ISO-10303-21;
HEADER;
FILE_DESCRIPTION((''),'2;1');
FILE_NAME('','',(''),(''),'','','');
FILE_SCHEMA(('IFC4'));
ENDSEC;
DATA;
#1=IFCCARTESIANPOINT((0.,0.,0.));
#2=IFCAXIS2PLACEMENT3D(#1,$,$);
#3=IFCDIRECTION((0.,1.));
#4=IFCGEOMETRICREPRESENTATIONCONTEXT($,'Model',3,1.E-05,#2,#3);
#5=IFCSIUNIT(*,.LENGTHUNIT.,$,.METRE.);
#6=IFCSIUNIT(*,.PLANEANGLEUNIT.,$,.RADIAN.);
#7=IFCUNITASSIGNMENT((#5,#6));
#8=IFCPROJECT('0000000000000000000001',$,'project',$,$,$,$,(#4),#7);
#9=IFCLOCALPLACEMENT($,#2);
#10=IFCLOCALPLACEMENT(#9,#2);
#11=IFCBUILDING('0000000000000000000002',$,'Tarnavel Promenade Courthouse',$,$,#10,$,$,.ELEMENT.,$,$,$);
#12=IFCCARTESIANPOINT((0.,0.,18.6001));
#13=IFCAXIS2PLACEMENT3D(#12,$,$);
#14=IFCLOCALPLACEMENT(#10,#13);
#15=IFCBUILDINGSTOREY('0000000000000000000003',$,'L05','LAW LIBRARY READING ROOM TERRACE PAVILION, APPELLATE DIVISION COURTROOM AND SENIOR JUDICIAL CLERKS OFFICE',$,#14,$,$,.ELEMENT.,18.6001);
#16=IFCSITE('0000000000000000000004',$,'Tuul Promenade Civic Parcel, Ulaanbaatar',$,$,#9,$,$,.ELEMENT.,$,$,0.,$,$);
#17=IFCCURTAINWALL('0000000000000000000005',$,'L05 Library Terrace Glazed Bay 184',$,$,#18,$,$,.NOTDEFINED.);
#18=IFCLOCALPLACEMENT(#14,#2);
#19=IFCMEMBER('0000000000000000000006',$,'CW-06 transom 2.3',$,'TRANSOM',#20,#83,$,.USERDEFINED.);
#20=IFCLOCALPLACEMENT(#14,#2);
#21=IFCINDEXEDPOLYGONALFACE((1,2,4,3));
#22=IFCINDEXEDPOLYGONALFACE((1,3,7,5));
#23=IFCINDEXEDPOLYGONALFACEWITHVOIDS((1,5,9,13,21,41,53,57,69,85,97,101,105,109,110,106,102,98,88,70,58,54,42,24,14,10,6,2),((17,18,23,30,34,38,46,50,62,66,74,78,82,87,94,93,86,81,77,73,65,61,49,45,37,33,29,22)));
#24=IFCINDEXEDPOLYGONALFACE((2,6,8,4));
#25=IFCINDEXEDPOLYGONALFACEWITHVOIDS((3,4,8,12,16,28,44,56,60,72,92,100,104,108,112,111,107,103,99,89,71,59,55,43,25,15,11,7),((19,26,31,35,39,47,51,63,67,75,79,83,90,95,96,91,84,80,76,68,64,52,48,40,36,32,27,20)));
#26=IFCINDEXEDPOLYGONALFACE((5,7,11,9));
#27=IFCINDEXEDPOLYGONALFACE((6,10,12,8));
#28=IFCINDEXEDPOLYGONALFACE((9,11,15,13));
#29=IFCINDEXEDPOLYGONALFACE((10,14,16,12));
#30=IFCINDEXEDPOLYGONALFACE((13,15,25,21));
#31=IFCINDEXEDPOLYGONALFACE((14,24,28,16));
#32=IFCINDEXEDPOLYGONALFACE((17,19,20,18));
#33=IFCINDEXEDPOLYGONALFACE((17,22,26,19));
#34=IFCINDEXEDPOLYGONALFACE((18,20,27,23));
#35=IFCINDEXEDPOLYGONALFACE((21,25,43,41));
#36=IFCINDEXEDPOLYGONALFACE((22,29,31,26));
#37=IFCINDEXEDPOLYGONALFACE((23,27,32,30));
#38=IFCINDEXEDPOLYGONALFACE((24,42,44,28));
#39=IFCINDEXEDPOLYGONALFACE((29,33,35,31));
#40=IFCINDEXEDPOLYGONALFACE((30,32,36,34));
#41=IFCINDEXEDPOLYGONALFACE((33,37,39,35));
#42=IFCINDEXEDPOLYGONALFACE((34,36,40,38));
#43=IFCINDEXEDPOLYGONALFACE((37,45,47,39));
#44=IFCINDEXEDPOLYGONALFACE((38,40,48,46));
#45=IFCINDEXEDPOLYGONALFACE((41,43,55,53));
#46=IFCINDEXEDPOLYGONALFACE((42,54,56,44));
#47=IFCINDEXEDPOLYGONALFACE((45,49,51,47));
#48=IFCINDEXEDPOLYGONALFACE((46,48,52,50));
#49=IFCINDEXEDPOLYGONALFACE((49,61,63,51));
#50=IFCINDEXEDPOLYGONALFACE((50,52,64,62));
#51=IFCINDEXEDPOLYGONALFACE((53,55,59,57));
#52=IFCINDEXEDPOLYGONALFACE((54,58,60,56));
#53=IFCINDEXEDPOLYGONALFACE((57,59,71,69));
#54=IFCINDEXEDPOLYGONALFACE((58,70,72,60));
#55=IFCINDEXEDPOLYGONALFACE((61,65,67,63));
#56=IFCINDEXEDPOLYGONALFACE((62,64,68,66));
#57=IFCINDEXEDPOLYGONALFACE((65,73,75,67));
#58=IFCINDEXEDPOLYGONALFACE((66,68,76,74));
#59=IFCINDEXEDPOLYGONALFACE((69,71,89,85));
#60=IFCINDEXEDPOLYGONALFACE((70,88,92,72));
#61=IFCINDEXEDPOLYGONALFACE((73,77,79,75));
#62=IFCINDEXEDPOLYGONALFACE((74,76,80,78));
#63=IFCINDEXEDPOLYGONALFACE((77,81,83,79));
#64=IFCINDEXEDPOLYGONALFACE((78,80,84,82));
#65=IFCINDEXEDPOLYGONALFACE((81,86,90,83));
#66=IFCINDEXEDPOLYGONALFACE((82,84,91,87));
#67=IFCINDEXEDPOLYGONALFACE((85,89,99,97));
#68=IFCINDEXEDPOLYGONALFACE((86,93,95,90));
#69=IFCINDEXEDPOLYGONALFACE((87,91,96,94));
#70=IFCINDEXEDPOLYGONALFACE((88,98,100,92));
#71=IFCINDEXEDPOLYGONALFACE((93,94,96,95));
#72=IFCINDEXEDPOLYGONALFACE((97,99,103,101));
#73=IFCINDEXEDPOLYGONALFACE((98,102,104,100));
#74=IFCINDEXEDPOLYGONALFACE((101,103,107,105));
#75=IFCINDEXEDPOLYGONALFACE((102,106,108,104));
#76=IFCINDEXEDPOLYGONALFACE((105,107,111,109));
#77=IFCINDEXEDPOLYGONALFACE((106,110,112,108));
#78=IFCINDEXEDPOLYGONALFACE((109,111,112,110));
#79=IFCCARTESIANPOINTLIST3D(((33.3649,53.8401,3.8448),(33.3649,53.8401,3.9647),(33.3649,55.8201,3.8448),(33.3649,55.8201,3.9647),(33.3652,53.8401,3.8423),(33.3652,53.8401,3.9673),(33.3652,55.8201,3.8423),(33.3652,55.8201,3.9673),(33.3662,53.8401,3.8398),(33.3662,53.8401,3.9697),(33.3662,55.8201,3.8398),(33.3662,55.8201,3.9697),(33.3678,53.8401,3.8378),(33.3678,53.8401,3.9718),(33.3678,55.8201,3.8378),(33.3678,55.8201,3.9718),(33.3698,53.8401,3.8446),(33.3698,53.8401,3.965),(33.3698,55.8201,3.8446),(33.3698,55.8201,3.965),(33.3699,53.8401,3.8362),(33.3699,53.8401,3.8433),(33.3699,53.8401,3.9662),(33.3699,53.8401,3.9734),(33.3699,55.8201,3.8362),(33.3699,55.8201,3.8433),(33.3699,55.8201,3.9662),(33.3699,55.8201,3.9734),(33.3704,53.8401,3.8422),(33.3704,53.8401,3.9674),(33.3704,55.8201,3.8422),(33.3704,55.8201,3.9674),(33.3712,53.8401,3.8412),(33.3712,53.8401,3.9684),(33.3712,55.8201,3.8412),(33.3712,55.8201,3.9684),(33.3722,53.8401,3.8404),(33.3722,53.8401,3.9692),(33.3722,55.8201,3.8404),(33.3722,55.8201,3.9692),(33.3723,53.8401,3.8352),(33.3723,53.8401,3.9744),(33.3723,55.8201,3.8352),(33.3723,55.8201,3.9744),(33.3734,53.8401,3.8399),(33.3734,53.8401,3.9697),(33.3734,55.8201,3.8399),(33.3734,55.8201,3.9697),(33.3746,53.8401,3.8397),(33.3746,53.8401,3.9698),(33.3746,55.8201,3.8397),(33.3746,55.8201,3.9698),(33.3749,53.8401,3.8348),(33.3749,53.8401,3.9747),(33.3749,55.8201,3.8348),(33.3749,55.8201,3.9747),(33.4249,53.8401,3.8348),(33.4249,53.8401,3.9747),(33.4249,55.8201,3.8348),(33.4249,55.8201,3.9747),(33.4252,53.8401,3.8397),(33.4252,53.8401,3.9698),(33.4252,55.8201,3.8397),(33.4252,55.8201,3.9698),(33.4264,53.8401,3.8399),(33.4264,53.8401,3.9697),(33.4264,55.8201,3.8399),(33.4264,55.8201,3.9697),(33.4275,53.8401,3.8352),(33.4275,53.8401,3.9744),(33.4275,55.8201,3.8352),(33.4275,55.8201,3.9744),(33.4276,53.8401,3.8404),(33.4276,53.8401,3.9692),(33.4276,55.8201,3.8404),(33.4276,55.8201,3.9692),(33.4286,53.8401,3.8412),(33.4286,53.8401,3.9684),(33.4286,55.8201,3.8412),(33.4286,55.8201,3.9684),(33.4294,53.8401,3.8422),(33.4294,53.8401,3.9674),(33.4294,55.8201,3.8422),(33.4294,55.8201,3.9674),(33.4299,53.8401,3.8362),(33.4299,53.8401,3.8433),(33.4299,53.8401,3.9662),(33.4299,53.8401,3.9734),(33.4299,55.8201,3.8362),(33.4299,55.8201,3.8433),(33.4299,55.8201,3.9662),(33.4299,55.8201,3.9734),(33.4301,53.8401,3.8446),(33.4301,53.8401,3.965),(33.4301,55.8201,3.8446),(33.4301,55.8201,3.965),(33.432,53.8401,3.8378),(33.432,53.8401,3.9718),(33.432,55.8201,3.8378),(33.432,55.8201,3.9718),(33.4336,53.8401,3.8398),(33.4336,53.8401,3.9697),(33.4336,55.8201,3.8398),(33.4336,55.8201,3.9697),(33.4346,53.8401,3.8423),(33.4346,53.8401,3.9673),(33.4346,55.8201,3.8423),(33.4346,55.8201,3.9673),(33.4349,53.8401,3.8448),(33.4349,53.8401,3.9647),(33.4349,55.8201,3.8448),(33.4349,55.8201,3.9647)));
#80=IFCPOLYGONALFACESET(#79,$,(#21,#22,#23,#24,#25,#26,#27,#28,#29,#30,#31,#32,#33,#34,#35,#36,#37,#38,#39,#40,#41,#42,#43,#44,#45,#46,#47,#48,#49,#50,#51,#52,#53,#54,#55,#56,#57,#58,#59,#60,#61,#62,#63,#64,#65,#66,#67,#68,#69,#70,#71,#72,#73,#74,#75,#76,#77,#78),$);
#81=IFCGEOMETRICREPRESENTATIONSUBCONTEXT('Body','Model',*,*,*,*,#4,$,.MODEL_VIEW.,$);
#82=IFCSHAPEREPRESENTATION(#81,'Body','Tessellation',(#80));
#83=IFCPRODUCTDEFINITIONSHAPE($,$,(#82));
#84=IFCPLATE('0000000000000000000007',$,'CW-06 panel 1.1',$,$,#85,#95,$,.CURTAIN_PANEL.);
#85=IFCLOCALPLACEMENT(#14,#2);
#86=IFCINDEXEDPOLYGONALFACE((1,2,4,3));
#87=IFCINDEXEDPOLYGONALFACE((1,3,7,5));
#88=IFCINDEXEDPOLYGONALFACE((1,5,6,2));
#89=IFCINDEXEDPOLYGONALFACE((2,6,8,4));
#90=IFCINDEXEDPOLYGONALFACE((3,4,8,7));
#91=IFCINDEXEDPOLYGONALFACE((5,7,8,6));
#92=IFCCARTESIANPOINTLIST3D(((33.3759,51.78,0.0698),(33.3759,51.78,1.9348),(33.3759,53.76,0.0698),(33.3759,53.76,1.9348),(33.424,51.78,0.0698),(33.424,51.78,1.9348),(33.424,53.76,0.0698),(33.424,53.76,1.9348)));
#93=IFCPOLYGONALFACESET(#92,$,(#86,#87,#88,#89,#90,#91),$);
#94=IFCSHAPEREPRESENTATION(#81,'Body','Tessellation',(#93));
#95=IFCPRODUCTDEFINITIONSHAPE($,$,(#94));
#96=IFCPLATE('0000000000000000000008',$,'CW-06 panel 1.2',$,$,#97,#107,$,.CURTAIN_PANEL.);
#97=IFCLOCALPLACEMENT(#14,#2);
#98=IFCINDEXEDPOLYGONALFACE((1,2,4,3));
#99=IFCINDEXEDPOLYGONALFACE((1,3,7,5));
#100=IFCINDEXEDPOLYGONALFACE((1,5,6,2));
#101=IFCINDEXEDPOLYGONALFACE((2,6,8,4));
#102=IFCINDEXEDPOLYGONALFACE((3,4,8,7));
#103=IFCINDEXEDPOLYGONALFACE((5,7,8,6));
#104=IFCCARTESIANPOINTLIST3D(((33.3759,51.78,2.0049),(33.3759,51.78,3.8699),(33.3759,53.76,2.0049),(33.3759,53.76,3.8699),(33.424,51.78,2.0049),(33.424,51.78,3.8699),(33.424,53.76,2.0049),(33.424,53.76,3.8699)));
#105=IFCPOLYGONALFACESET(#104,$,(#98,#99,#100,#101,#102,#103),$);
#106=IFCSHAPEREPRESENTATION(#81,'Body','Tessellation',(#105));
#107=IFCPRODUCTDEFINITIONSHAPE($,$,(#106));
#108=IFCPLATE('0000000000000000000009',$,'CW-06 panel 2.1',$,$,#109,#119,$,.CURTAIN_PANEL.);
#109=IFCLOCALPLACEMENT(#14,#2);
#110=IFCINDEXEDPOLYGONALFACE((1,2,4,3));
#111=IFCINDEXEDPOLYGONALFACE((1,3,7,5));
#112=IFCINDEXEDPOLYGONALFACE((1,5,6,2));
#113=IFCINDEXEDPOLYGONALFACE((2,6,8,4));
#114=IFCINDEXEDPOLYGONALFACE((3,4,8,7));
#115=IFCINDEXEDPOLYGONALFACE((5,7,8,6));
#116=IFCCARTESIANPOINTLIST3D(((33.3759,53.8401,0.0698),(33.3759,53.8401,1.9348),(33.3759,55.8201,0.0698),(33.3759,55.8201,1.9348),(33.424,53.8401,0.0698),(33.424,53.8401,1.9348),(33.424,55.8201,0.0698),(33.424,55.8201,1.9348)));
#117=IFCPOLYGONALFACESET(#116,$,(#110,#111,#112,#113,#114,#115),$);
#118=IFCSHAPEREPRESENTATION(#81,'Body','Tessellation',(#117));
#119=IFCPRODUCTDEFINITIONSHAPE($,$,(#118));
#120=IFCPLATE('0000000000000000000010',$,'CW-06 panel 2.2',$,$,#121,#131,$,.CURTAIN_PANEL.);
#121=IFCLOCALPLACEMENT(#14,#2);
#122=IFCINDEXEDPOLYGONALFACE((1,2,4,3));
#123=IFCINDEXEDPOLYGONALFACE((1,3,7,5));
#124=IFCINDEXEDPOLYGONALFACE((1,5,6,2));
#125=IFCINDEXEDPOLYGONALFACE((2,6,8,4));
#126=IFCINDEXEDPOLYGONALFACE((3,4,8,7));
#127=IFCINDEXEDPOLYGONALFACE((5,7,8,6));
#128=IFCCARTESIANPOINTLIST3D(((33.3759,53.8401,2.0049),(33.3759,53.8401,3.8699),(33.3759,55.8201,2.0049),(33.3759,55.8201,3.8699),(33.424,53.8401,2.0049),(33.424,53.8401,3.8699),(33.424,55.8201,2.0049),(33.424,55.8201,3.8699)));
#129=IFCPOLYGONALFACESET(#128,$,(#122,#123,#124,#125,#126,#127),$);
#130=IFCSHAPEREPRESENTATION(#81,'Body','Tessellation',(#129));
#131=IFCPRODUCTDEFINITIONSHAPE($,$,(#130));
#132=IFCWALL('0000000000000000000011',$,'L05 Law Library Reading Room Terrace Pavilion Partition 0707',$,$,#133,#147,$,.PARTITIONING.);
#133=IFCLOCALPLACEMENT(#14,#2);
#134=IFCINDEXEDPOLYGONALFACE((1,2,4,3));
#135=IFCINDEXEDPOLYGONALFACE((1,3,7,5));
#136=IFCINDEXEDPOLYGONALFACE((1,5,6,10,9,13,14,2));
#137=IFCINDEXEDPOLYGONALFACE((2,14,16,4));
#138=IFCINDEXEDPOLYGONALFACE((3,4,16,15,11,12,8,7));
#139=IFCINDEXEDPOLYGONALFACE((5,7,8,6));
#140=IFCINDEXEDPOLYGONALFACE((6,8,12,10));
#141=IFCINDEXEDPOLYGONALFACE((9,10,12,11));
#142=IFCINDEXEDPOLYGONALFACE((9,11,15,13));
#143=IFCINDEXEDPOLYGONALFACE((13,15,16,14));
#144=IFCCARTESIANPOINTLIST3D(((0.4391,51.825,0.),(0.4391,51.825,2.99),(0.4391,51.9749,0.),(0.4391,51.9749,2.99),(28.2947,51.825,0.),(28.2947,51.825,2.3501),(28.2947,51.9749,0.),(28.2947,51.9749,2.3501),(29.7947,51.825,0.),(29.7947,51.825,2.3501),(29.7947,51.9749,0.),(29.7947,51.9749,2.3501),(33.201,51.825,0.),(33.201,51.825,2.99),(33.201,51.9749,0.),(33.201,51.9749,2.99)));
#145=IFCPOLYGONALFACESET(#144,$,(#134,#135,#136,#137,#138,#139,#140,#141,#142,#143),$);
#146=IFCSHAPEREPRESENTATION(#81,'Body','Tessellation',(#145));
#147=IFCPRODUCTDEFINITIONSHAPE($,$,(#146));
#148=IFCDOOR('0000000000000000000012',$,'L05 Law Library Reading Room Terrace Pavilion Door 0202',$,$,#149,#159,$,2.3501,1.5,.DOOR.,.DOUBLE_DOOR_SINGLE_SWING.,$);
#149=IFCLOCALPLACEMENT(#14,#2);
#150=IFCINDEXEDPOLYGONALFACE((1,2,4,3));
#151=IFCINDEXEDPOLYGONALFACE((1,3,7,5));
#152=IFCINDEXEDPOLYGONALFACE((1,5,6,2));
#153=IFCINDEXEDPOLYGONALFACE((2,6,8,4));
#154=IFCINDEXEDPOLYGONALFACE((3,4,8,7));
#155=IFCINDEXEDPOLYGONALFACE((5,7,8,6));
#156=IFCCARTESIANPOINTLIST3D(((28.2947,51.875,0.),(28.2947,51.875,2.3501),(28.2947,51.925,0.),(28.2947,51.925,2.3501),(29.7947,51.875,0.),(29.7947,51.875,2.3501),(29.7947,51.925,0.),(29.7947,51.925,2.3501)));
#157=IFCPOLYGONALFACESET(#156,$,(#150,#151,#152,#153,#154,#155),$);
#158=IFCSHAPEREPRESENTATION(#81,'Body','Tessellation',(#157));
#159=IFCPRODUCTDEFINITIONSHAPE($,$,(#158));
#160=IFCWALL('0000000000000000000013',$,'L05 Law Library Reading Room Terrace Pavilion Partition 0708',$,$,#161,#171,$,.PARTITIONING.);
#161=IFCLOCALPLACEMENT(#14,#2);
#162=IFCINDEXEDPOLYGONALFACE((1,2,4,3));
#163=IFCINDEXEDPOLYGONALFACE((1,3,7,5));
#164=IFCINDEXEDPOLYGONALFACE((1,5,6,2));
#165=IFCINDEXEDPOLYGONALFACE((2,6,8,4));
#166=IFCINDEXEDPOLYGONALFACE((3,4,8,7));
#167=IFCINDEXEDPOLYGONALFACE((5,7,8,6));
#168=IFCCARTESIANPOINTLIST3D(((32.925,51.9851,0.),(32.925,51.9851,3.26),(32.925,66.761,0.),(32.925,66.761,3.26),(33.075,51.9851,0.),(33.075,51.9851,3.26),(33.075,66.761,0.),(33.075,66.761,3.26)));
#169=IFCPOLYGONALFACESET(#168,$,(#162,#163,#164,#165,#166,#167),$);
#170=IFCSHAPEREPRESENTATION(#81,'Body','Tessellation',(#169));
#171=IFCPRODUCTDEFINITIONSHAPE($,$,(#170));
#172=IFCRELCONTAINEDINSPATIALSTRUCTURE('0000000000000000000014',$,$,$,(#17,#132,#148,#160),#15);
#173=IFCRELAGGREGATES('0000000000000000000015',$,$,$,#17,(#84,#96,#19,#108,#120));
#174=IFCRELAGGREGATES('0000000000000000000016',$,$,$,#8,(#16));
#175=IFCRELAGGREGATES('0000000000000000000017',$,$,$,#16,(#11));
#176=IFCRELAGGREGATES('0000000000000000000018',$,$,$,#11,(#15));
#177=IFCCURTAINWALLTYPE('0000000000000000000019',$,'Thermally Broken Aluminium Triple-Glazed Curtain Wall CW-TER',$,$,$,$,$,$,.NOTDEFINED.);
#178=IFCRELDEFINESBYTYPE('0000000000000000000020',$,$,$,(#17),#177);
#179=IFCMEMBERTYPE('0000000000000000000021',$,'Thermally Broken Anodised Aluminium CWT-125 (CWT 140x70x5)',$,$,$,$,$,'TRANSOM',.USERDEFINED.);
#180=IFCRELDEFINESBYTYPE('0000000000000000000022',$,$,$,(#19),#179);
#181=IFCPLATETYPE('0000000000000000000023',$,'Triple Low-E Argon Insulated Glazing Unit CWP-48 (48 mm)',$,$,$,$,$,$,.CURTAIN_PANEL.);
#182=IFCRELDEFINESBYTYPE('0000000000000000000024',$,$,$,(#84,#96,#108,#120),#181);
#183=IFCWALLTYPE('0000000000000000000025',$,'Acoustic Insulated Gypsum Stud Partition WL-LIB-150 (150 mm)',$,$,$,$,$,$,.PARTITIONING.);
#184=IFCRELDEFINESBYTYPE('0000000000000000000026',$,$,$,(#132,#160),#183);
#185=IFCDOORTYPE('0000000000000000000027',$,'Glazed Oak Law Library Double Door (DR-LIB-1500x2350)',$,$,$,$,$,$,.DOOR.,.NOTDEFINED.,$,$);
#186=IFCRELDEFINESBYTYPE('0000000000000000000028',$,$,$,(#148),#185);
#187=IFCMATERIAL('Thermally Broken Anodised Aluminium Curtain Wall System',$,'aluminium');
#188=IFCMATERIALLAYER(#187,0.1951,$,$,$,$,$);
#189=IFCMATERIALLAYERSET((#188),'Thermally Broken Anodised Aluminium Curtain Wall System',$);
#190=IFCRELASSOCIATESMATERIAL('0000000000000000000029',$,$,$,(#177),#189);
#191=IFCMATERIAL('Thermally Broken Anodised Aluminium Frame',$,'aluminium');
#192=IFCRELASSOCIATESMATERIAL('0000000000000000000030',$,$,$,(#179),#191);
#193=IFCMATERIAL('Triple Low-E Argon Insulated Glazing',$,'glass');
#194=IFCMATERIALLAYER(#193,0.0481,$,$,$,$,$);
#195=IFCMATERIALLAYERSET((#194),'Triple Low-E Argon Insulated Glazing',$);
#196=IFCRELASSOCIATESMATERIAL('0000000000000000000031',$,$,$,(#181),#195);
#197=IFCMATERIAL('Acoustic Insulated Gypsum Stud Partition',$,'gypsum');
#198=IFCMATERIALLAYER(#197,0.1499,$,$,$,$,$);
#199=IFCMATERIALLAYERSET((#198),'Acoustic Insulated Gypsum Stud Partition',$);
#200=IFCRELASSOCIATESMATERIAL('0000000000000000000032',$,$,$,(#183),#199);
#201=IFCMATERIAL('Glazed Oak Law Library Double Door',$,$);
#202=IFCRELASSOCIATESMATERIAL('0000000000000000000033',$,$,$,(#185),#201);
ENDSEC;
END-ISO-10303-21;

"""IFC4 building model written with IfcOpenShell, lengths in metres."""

from ifc_helpers import new_model, si_unit, direction, frame, frame_2d, origin, origin_2d, place, context, subcontext, project, spatial, rectangle, hollow_rectangle, extrude, material, layer, layer_set, material_profile, profile_set, type_object, element, fill, aggregate, save


model = new_model("IFC4")

# Units and contexts
model_context = context("Model", 3, precision=1e-05, world=origin(), true_north=direction((0.0, 1.0)))
body_context = subcontext(model_context, "Body", "Model", "MODEL_VIEW")
ifc_project = project(units=[si_unit("LENGTHUNIT", "METRE"), si_unit("PLANEANGLEUNIT", "RADIAN")], contexts=[model_context])

# Site, building, storey
site_placement = place(None, origin())
site = spatial("IfcSite", under=ifc_project, at=site_placement, Name="Tuul Promenade Civic Parcel, Ulaanbaatar", CompositionType="ELEMENT", RefElevation=0.0)
building_placement = place(site_placement, origin())
building = spatial("IfcBuilding", under=site, at=building_placement, Name="Tarnavel Promenade Courthouse", CompositionType="ELEMENT")
storey_placement = place(building_placement, frame((0.0, 0.0, 18.6001)))
storey = spatial("IfcBuildingStorey", under=building, at=storey_placement, Name="L05", Description="LAW LIBRARY READING ROOM TERRACE PAVILION, APPELLATE DIVISION COURTROOM AND SENIOR JUDICIAL CLERKS OFFICE", CompositionType="ELEMENT", Elevation=18.6001)

# Curtain wall, member, plates
ifc_material_1 = material(Name="Thermally Broken Anodised Aluminium Curtain Wall System", Category="aluminium")
ifc_layer_1 = layer(ifc_material_1, 0.1951)
ifc_layer_set_1 = layer_set([ifc_layer_1], Name="Thermally Broken Anodised Aluminium Curtain Wall System")
curtain_wall_type = type_object("IfcCurtainWallType", Name="Thermally Broken Aluminium Triple-Glazed Curtain Wall CW-TER", PredefinedType="NOTDEFINED", material=ifc_layer_set_1)
curtain_wall_placement = place(storey_placement, origin())
curtain_wall = element("IfcCurtainWall", 1, at=curtain_wall_placement, inside=storey, type_object=curtain_wall_type, Name="L05 Library Terrace Glazed Bay 184", PredefinedType="NOTDEFINED")
ifc_material_2 = material(Name="Thermally Broken Anodised Aluminium Frame", Category="aluminium")
ifc_material_profile_1 = material_profile(ifc_material_2, hollow_rectangle(XDim=0.0701, YDim=0.1399, WallThickness=0.0049, InnerFilletRadius=0.0049, OuterFilletRadius=0.01, at=origin_2d()), Name="CWT 140x70x5")
ifc_profile_set_1 = profile_set([ifc_material_profile_1], Name="Thermally Broken Anodised Aluminium Frame")
member_type_1 = type_object("IfcMemberType", Name="Thermally Broken Anodised Aluminium CWT-125 (CWT 140x70x5)", ElementType="TRANSOM", PredefinedType="USERDEFINED", material=ifc_profile_set_1)
member_1_placement = place(storey_placement, frame((33.3999, 53.8401, 3.9048), z_axis=(0.0, 1.0, 0.0), x_axis=(-1.0, 0.0, 0.0)))
member_1 = element("IfcMember", 2, at=member_1_placement, type_object=member_type_1, Name="CW-06 transom 2.3", ObjectType="TRANSOM", PredefinedType="USERDEFINED", context=body_context, shape_type="SweptSolid", body=[
    extrude(hollow_rectangle(XDim=0.0701, YDim=0.1399, WallThickness=0.0049, InnerFilletRadius=0.0049, OuterFilletRadius=0.01, at=origin_2d()), origin(), (0.0, 0.0, 1.0), 1.98),
])
ifc_material_3 = material(Name="Triple Low-E Argon Insulated Glazing", Category="glass")
ifc_layer_2 = layer(ifc_material_3, 0.0481)
ifc_layer_set_2 = layer_set([ifc_layer_2], Name="Triple Low-E Argon Insulated Glazing")
plate_type = type_object("IfcPlateType", Name="Triple Low-E Argon Insulated Glazing Unit CWP-48 (48 mm)", PredefinedType="CURTAIN_PANEL", material=ifc_layer_set_2)
plate_1_placement = place(storey_placement, frame((33.3999, 52.77, 0.0698), z_axis=(0.0, 0.0, 1.0), x_axis=(0.0, 1.0, 0.0)))
plate_1 = element("IfcPlate", 3, at=plate_1_placement, type_object=plate_type, Name="CW-06 panel 1.1", PredefinedType="CURTAIN_PANEL", context=body_context, shape_type="SweptSolid", body=[
    extrude(rectangle(XDim=1.98, YDim=0.0481, at=origin_2d()), origin(), (0.0, 0.0, 1.0), 1.865),
])
plate_2_placement = place(storey_placement, frame((33.3999, 52.77, 2.0049), z_axis=(0.0, 0.0, 1.0), x_axis=(0.0, 1.0, 0.0)))
plate_2 = element("IfcPlate", 4, at=plate_2_placement, type_object=plate_type, Name="CW-06 panel 1.2", PredefinedType="CURTAIN_PANEL", context=body_context, shape_type="SweptSolid", body=[
    extrude(rectangle(XDim=1.98, YDim=0.0481, at=origin_2d()), origin(), (0.0, 0.0, 1.0), 1.865),
])
plate_3_placement = place(storey_placement, frame((33.3999, 54.8301, 0.0698), z_axis=(0.0, 0.0, 1.0), x_axis=(0.0, 1.0, 0.0)))
plate_3 = element("IfcPlate", 5, at=plate_3_placement, type_object=plate_type, Name="CW-06 panel 2.1", PredefinedType="CURTAIN_PANEL", context=body_context, shape_type="SweptSolid", body=[
    extrude(rectangle(XDim=1.98, YDim=0.0481, at=origin_2d()), origin(), (0.0, 0.0, 1.0), 1.865),
])
plate_4_placement = place(storey_placement, frame((33.3999, 54.8301, 2.0049), z_axis=(0.0, 0.0, 1.0), x_axis=(0.0, 1.0, 0.0)))
plate_4 = element("IfcPlate", 6, at=plate_4_placement, type_object=plate_type, Name="CW-06 panel 2.2", PredefinedType="CURTAIN_PANEL", context=body_context, shape_type="SweptSolid", body=[
    extrude(rectangle(XDim=1.98, YDim=0.0481, at=origin_2d()), origin(), (0.0, 0.0, 1.0), 1.865),
])
aggregate(curtain_wall, [plate_1, plate_2, member_1, plate_3, plate_4])

# Wall, opening, door
ifc_material_4 = material(Name="Acoustic Insulated Gypsum Stud Partition", Category="gypsum")
ifc_layer_3 = layer(ifc_material_4, 0.1499)
ifc_layer_set_3 = layer_set([ifc_layer_3], Name="Acoustic Insulated Gypsum Stud Partition")
wall_type_1 = type_object("IfcWallType", Name="Acoustic Insulated Gypsum Stud Partition WL-LIB-150 (150 mm)", PredefinedType="PARTITIONING", material=ifc_layer_set_3)
wall_1_placement = place(storey_placement, frame((33.2009, 51.8999, 0.0), z_axis=(0.0, 0.0, 1.0), x_axis=(-1.0, 0.0, 0.0)))
wall_1 = element("IfcWall", 7, at=wall_1_placement, inside=storey, type_object=wall_type_1, Name="L05 Law Library Reading Room Terrace Pavilion Partition 0707", PredefinedType="PARTITIONING", context=body_context, shape_type="SweptSolid", body=[
    extrude(rectangle(XDim=32.762, YDim=0.1499, at=frame_2d((16.3809, 0.0))), origin(), (0.0, 0.0, 1.0), 2.99),
])
opening_1_placement = place(wall_1_placement, frame((3.4062, 0.0, 0.0)))
opening_1 = element("IfcOpeningElement", 8, at=opening_1_placement, cuts=wall_1, PredefinedType="OPENING", context=body_context, shape_type="SweptSolid", body=[
    extrude(rectangle(XDim=1.5, YDim=2.3501, at=frame_2d((0.75, 1.175))), frame((0.0, 0.085, 0.0), z_axis=(0.0, -1.0, 0.0), x_axis=(1.0, 0.0, 0.0)), (0.0, 0.0, 1.0), 0.1699),
])
ifc_material_5 = material(Name="Glazed Oak Law Library Double Door")
door_type = type_object("IfcDoorType", Name="Glazed Oak Law Library Double Door (DR-LIB-1500x2350)", OperationType="NOTDEFINED", PredefinedType="DOOR", material=ifc_material_5)
door_placement = place(opening_1_placement, origin())
door = element("IfcDoor", 9, at=door_placement, inside=storey, type_object=door_type, Name="L05 Law Library Reading Room Terrace Pavilion Door 0202", OperationType="DOUBLE_DOOR_SINGLE_SWING", OverallHeight=2.3501, OverallWidth=1.5, PredefinedType="DOOR", context=body_context, shape_type="SweptSolid", body=[
    extrude(rectangle(XDim=1.5, YDim=2.3501, at=frame_2d((0.75, 1.175))), frame((0.0, 0.0249, 0.0), z_axis=(0.0, -1.0, 0.0), x_axis=(1.0, 0.0, 0.0)), (0.0, 0.0, 1.0), 0.05),
])
fill(opening_1, door)

# Wall
wall_2_placement = place(storey_placement, frame((33.0, 66.761, 0.0), z_axis=(0.0, 0.0, 1.0), x_axis=(0.0, -1.0, 0.0)))
element("IfcWall", 10, at=wall_2_placement, inside=storey, type_object=wall_type_1, Name="L05 Law Library Reading Room Terrace Pavilion Partition 0708", PredefinedType="PARTITIONING", context=body_context, shape_type="SweptSolid", body=[
    extrude(rectangle(XDim=14.7759, YDim=0.1499, at=frame_2d((7.3879, 0.0))), origin(), (0.0, 0.0, 1.0), 3.26),
])

save(model, "model.ifc")
